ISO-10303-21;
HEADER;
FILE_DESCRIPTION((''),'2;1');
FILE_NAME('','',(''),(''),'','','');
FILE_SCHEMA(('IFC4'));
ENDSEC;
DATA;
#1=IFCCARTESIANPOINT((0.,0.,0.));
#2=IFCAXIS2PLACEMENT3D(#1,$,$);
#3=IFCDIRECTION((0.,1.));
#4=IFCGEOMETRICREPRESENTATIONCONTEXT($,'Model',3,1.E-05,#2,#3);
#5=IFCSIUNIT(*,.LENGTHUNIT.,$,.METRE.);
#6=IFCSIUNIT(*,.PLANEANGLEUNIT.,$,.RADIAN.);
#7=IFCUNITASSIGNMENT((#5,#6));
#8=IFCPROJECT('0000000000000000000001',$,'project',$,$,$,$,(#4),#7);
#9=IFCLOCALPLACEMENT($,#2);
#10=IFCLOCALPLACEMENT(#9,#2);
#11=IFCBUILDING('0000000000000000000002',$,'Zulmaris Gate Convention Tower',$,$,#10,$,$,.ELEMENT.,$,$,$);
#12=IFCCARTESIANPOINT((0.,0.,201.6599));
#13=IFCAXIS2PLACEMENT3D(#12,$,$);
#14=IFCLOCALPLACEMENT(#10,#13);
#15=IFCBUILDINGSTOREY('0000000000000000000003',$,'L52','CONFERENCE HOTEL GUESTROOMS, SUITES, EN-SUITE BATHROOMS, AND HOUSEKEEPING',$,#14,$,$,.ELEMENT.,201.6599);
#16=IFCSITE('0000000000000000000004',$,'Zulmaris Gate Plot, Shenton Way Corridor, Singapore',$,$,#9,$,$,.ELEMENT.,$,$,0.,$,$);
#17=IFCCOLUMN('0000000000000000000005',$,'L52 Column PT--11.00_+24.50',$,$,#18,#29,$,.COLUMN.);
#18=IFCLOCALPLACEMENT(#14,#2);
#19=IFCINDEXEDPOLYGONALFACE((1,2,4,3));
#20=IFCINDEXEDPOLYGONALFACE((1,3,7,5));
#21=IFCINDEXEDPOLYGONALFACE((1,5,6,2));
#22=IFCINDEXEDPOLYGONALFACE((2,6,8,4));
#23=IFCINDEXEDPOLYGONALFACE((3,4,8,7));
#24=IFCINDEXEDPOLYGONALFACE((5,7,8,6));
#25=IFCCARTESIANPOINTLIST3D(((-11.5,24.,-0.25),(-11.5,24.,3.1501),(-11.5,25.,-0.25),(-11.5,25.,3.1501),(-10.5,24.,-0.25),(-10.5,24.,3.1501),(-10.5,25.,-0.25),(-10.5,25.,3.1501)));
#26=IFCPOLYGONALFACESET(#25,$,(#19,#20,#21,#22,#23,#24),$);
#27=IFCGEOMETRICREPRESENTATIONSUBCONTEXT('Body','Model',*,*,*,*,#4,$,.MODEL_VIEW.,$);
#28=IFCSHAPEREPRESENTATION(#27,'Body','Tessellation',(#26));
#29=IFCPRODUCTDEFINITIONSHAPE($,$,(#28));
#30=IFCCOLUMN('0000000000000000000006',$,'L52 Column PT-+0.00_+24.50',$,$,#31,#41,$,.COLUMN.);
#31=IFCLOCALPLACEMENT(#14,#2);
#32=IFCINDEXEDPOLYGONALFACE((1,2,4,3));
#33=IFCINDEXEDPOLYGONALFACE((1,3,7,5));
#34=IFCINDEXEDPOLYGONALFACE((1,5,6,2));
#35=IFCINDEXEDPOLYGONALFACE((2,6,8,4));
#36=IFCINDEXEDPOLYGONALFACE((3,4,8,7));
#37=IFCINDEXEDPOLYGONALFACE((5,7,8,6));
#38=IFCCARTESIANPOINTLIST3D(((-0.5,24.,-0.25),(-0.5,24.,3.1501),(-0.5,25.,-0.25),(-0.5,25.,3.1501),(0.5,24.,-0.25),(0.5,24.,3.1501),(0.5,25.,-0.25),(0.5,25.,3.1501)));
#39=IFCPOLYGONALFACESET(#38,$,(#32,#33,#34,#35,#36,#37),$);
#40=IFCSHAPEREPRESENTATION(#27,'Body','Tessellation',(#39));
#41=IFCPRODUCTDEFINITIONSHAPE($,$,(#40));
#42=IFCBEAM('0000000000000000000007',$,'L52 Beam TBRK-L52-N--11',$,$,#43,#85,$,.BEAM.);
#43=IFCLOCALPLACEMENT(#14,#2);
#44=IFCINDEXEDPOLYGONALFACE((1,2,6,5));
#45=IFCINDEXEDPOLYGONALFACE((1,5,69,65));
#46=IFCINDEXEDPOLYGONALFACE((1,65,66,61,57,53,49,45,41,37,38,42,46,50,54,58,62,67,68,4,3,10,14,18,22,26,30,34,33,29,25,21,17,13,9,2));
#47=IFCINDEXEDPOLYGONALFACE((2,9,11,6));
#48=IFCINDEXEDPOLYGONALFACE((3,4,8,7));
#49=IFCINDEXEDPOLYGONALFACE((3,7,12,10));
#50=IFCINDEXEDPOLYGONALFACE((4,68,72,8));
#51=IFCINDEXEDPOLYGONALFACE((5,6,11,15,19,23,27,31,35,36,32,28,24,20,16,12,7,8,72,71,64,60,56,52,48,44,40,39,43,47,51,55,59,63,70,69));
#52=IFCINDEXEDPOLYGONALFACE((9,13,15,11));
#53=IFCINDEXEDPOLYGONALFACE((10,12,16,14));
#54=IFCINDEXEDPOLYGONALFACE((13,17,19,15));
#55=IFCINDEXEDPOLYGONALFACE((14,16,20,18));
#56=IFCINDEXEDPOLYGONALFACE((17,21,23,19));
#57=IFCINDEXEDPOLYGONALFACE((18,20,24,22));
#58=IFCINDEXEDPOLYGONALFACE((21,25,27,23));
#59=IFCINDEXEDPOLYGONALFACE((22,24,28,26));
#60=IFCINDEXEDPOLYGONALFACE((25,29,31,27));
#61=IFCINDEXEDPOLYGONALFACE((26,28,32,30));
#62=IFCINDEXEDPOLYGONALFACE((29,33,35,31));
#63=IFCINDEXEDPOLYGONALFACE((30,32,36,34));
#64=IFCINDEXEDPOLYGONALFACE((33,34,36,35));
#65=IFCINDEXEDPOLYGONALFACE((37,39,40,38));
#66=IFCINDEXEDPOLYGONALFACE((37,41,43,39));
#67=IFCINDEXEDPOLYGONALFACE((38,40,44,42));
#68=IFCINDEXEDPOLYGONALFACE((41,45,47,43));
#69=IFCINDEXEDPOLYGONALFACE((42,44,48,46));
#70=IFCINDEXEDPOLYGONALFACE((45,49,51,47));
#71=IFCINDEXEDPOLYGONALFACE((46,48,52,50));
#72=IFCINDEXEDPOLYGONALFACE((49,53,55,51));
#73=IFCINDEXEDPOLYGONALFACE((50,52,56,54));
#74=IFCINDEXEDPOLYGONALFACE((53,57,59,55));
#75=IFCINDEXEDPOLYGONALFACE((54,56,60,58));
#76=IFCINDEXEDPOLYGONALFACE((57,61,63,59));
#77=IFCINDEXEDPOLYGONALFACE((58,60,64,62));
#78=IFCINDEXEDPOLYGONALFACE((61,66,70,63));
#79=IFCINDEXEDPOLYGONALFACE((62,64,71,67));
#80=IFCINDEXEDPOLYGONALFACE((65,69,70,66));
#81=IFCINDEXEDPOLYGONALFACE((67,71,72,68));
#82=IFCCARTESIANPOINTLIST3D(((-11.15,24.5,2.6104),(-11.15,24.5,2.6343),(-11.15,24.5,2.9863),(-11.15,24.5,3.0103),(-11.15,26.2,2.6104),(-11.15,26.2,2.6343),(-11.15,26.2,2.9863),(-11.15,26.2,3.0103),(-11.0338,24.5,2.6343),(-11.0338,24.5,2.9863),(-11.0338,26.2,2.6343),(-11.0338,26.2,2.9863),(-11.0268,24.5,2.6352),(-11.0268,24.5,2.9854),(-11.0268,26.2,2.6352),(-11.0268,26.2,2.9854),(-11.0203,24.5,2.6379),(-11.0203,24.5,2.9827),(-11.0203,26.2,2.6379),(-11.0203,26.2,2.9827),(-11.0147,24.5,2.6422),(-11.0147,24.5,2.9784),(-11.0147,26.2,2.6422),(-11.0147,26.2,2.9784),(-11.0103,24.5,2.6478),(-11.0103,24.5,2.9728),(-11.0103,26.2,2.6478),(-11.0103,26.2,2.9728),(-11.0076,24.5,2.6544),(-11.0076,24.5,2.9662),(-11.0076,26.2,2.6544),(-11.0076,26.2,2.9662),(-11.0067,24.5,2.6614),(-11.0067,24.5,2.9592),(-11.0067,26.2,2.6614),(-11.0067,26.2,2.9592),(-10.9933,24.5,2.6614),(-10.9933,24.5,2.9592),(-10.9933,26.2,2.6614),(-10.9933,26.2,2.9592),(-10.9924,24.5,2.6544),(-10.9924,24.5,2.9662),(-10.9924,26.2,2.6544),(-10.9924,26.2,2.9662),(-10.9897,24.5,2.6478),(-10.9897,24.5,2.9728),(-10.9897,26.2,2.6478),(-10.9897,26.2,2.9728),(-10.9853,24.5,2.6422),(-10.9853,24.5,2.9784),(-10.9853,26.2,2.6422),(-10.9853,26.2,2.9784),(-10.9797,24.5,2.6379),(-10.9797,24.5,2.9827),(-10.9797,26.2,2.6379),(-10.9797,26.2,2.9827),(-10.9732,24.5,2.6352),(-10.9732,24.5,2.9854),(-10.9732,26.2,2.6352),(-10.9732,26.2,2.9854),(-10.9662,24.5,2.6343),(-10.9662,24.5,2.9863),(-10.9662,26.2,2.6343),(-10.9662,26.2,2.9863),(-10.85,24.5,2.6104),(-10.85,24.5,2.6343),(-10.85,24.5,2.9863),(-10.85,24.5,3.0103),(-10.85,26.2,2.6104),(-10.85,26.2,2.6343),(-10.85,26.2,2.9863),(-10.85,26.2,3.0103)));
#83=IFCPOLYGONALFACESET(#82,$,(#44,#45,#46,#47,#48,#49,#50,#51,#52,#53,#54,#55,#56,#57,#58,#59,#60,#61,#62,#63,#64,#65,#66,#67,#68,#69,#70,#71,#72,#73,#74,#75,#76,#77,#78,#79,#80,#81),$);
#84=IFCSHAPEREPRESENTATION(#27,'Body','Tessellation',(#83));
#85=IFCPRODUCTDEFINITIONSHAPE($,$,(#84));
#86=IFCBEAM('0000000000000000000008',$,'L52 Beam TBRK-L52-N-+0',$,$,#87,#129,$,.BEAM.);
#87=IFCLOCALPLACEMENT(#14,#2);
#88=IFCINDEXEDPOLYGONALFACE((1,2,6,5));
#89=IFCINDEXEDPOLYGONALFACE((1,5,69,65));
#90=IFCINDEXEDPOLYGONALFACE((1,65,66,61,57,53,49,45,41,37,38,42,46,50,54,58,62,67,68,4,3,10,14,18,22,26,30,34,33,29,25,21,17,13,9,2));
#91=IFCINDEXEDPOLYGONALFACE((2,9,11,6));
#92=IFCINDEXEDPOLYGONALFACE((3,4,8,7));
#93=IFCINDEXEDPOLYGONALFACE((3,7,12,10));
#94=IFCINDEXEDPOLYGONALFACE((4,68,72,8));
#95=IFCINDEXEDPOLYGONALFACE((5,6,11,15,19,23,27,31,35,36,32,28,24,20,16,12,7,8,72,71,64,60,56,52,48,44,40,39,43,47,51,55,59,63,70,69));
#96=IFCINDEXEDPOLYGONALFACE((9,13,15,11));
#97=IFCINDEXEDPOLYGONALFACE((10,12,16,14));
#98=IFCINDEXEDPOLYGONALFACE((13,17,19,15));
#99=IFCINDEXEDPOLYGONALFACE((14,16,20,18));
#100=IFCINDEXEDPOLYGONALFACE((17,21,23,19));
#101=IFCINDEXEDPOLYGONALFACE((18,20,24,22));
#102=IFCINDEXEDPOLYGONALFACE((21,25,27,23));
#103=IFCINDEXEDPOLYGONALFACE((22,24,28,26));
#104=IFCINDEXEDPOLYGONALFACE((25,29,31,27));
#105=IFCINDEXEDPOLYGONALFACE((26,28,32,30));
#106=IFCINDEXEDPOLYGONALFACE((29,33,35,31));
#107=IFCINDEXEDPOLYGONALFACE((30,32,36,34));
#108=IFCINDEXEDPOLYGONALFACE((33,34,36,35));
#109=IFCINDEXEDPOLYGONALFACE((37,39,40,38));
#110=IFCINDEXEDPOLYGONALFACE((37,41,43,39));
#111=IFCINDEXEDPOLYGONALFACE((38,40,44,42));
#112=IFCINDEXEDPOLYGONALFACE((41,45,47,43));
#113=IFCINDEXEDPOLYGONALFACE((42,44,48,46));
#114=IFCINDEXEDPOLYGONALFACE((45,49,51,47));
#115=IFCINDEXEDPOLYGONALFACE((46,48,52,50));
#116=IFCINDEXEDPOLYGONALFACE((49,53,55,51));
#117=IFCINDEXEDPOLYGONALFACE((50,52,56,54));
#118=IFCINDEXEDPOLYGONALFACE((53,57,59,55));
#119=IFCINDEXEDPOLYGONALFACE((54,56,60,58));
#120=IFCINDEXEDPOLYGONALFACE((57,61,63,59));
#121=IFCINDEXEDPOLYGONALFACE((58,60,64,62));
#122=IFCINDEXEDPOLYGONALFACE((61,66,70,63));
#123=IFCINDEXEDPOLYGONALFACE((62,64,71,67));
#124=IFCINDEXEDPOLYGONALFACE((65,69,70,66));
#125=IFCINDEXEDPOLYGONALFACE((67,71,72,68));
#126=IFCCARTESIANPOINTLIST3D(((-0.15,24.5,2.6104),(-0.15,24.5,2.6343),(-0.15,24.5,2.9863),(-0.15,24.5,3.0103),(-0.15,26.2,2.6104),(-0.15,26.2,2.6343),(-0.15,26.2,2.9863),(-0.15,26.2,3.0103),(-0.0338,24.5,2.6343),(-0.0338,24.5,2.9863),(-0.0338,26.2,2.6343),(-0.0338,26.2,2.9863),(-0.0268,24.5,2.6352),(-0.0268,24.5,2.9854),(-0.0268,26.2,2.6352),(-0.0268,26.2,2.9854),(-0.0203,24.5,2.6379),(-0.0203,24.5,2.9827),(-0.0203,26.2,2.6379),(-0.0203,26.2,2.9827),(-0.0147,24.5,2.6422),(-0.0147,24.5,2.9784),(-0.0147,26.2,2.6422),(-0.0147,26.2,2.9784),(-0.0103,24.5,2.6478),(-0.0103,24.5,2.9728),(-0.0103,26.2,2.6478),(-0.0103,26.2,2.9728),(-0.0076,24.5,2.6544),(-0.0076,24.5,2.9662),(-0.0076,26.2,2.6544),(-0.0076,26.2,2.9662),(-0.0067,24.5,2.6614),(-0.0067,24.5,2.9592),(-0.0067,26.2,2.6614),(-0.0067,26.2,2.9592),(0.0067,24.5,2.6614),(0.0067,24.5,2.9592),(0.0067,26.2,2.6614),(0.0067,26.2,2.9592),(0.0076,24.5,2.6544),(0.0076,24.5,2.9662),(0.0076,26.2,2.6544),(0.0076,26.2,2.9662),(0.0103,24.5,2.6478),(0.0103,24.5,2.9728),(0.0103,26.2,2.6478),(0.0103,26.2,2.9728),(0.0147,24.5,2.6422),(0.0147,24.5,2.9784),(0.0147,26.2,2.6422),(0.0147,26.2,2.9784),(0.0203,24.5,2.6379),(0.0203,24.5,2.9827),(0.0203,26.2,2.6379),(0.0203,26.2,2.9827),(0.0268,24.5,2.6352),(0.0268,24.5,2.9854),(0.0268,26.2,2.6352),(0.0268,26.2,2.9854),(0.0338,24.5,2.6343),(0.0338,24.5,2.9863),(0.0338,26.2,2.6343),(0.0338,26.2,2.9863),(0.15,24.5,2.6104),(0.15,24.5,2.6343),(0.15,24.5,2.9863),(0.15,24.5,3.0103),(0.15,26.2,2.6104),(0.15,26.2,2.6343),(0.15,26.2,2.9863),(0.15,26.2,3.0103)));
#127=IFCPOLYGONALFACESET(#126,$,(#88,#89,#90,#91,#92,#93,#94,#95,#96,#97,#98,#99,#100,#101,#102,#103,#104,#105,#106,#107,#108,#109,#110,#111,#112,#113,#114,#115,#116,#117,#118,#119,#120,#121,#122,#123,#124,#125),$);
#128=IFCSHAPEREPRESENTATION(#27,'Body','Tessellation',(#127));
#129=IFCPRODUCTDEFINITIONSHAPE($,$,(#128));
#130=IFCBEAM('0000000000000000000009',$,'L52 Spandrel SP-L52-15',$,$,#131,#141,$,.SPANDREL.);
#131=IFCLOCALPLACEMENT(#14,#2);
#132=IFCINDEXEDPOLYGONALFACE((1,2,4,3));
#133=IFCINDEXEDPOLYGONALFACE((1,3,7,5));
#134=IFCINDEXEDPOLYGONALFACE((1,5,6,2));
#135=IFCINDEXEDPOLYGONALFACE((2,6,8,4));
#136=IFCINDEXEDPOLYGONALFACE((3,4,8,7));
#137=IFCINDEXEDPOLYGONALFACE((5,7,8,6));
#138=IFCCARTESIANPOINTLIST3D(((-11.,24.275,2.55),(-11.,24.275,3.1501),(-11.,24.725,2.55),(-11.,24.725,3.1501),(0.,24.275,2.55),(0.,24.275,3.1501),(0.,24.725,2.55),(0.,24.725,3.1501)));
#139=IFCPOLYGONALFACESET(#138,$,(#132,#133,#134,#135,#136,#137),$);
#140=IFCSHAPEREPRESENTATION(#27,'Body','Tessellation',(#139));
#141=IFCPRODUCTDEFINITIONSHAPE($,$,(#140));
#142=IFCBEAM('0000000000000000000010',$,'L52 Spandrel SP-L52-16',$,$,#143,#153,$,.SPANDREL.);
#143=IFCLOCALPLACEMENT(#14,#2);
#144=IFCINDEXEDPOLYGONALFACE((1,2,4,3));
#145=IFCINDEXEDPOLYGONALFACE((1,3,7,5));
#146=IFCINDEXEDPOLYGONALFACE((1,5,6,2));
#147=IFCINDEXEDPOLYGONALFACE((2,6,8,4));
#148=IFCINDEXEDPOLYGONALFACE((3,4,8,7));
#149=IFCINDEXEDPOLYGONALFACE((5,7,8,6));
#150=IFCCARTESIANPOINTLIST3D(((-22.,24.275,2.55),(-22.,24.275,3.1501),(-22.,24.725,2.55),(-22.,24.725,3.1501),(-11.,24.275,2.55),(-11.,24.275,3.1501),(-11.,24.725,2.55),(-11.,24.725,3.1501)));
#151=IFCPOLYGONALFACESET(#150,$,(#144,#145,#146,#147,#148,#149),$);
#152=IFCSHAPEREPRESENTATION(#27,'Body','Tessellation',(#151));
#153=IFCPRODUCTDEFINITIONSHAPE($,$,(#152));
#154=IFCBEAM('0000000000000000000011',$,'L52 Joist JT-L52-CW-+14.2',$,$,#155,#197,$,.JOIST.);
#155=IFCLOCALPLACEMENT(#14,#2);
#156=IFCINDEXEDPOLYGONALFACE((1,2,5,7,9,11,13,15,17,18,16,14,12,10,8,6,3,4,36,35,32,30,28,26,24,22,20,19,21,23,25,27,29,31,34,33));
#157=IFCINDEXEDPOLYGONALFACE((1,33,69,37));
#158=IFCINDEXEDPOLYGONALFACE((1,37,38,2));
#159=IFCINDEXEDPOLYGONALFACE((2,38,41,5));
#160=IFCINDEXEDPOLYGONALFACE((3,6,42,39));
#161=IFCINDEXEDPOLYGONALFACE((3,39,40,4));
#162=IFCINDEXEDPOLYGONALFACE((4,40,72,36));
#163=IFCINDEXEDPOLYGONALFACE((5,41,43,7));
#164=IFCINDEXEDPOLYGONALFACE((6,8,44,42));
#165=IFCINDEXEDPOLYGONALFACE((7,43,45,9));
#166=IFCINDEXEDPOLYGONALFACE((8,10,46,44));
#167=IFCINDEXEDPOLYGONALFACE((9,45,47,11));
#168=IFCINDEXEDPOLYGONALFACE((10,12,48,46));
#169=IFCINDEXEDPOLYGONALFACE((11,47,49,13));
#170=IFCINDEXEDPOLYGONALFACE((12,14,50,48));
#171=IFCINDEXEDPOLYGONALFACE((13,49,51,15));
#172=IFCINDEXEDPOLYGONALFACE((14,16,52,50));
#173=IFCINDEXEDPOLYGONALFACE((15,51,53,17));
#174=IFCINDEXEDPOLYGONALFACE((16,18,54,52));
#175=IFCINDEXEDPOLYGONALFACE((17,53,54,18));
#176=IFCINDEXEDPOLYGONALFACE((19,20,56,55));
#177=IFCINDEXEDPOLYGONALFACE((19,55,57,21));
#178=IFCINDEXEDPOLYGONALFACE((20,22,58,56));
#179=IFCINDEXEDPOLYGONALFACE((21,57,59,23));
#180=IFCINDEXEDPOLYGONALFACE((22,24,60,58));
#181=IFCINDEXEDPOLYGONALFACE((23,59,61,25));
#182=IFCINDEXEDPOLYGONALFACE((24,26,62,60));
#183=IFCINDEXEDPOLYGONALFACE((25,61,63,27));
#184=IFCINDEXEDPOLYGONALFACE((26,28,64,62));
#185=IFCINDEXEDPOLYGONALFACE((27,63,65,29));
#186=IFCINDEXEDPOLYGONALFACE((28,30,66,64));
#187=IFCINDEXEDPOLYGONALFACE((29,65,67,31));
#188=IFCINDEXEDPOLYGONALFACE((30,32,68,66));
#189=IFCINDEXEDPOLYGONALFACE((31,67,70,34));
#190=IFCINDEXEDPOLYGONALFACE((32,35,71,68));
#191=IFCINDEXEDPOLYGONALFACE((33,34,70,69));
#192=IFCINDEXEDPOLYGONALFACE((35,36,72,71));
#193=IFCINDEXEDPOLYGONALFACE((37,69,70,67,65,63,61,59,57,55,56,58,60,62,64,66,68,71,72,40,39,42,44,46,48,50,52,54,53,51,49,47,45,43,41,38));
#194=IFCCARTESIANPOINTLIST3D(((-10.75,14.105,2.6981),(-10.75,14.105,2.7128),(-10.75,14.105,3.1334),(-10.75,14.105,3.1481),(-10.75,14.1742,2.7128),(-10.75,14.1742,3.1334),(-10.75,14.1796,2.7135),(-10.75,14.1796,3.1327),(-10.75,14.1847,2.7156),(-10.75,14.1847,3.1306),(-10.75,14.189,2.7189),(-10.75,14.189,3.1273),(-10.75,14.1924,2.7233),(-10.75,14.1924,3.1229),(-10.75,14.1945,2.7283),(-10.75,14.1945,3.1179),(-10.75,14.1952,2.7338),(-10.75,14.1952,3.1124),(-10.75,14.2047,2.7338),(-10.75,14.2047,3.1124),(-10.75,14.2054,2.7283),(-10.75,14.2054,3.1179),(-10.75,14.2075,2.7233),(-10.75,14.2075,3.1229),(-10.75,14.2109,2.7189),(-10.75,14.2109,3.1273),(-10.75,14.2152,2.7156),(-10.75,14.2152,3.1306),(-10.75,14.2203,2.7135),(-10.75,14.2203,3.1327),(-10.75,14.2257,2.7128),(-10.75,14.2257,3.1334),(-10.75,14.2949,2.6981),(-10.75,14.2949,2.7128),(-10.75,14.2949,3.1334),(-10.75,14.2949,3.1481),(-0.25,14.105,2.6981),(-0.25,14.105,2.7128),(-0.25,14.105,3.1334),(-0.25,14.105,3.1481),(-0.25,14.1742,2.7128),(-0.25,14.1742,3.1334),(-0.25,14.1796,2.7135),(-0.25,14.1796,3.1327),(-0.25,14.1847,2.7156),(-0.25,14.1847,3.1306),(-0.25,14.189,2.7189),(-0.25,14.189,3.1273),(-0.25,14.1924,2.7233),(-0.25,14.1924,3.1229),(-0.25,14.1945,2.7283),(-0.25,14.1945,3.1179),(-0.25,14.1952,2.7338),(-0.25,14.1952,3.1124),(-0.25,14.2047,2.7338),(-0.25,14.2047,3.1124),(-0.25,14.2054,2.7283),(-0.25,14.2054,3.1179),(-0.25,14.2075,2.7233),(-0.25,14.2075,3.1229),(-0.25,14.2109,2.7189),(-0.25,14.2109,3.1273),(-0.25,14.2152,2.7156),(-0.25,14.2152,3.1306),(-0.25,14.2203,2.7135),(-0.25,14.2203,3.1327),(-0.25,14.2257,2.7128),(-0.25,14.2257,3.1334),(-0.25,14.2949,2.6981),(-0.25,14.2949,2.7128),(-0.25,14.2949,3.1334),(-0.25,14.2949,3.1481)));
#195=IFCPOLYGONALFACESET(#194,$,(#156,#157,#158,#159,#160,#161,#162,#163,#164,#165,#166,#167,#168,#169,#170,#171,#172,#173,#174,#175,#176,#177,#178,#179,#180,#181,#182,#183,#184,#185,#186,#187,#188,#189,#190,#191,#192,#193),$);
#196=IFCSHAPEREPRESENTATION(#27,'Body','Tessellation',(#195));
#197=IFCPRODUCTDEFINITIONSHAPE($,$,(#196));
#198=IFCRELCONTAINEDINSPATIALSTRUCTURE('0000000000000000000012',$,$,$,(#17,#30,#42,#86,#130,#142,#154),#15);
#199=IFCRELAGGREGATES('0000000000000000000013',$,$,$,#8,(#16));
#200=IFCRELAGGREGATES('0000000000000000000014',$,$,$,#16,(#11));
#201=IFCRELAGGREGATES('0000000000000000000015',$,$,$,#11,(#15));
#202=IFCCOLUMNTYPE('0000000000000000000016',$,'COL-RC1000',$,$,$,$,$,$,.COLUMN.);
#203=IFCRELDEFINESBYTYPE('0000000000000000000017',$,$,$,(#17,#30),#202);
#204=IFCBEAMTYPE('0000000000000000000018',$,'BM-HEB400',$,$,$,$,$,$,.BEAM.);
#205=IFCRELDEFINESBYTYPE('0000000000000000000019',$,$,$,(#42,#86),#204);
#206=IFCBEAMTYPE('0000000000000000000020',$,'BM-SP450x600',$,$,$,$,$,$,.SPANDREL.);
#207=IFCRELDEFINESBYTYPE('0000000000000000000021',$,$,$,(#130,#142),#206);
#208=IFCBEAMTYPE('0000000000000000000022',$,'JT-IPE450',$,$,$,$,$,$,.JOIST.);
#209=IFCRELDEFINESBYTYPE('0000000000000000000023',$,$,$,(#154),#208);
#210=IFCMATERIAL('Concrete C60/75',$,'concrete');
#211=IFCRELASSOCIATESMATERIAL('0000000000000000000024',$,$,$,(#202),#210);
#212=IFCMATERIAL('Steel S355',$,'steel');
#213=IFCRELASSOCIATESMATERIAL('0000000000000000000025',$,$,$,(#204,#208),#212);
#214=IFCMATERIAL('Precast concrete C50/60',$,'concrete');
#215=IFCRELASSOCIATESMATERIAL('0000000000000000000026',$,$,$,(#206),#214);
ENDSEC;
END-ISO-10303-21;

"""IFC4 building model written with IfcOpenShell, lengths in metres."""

from ifc_helpers import new_model, si_unit, direction, frame, origin, origin_2d, place, context, subcontext, project, spatial, rectangle, i_section, extrude, material, material_profile, profile_set, type_object, element, save


model = new_model("IFC4")

# Units and contexts
model_context = context("Model", 3, precision=1e-05, world=origin(), true_north=direction((0.0, 1.0)))
body_context = subcontext(model_context, "Body", "Model", "MODEL_VIEW")
ifc_project = project(units=[si_unit("LENGTHUNIT", "METRE"), si_unit("PLANEANGLEUNIT", "RADIAN")], contexts=[model_context])

# Site, building, storey
site_placement = place(None, origin())
site = spatial("IfcSite", under=ifc_project, at=site_placement, Name="Zulmaris Gate Plot, Shenton Way Corridor, Singapore", CompositionType="ELEMENT", RefElevation=0.0)
building_placement = place(site_placement, origin())
building = spatial("IfcBuilding", under=site, at=building_placement, Name="Zulmaris Gate Convention Tower", CompositionType="ELEMENT")
storey_placement = place(building_placement, frame((0.0, 0.0, 201.6599)))
storey = spatial("IfcBuildingStorey", under=building, at=storey_placement, Name="L52", Description="CONFERENCE HOTEL GUESTROOMS, SUITES, EN-SUITE BATHROOMS, AND HOUSEKEEPING", CompositionType="ELEMENT", Elevation=201.6599)

# Columns
ifc_material_1 = material(Name="Concrete C60/75", Category="concrete")
ifc_material_profile_1 = material_profile(ifc_material_1, rectangle(XDim=1.0, YDim=1.0, at=origin_2d()), Name="RC COL 1000x1000")
ifc_profile_set_1 = profile_set([ifc_material_profile_1], Name="Concrete C60/75")
column_type = type_object("IfcColumnType", Name="COL-RC1000", PredefinedType="COLUMN", material=ifc_profile_set_1)
for number, where, z_axis, x_axis, name in (
    (1, (-11.0, 24.5, -0.25), (0.0, 0.0, 1.0), (1.0, 0.0, 0.0), "L52 Column PT--11.00_+24.50"),
    (2, (0.0, 24.5, -0.25), (0.0, 0.0, 1.0), (1.0, 0.0, 0.0), "L52 Column PT-+0.00_+24.50"),
):
    element("IfcColumn", number, at=place(storey_placement, frame(where, z_axis=z_axis, x_axis=x_axis)), inside=storey, type_object=column_type, Name=name, PredefinedType="COLUMN", context=body_context, shape_type="SweptSolid", body=[
        extrude(rectangle(XDim=1.0, YDim=1.0, at=origin_2d()), origin(), (0.0, 0.0, 1.0), 3.4001),
    ])

# Beams
ifc_material_2 = material(Name="Steel S355", Category="steel")
ifc_material_profile_2 = material_profile(ifc_material_2, i_section(OverallWidth=0.3, OverallDepth=0.3999, WebThickness=0.0134, FlangeThickness=0.0239, FilletRadius=0.0271, at=origin_2d()), Name="HEB 400")
ifc_profile_set_2 = profile_set([ifc_material_profile_2], Name="Steel S355")
beam_type_1 = type_object("IfcBeamType", Name="BM-HEB400", PredefinedType="BEAM", material=ifc_profile_set_2)
for number, where, z_axis, x_axis, name in (
    (3, (-11.0, 24.5, 2.8103), (0.0, 1.0, 0.0), (-1.0, 0.0, 0.0), "L52 Beam TBRK-L52-N--11"),
    (4, (0.0, 24.5, 2.8103), (0.0, 1.0, 0.0), (-1.0, 0.0, 0.0), "L52 Beam TBRK-L52-N-+0"),
):
    element("IfcBeam", number, at=place(storey_placement, frame(where, z_axis=z_axis, x_axis=x_axis)), inside=storey, type_object=beam_type_1, Name=name, PredefinedType="BEAM", context=body_context, shape_type="SweptSolid", body=[
        extrude(i_section(OverallWidth=0.3, OverallDepth=0.3999, WebThickness=0.0134, FlangeThickness=0.0239, FilletRadius=0.0271, at=origin_2d()), origin(), (0.0, 0.0, 1.0), 1.7),
    ])
ifc_material_3 = material(Name="Precast concrete C50/60", Category="concrete")
ifc_material_profile_3 = material_profile(ifc_material_3, rectangle(XDim=0.45, YDim=0.6001, at=origin_2d()), Name="RC SPANDREL 450x600")
ifc_profile_set_3 = profile_set([ifc_material_profile_3], Name="Precast concrete C50/60")
beam_type_2 = type_object("IfcBeamType", Name="BM-SP450x600", PredefinedType="SPANDREL", material=ifc_profile_set_3)
for number, where, z_axis, x_axis, name in (
    (5, (0.0, 24.5, 2.8501), (-1.0, 0.0, 0.0), (0.0, -1.0, 0.0), "L52 Spandrel SP-L52-15"),
    (6, (-11.0, 24.5, 2.8501), (-1.0, 0.0, 0.0), (0.0, -1.0, 0.0), "L52 Spandrel SP-L52-16"),
):
    element("IfcBeam", number, at=place(storey_placement, frame(where, z_axis=z_axis, x_axis=x_axis)), inside=storey, type_object=beam_type_2, Name=name, PredefinedType="SPANDREL", context=body_context, shape_type="SweptSolid", body=[
        extrude(rectangle(XDim=0.45, YDim=0.6001, at=origin_2d()), origin(), (0.0, 0.0, 1.0), 11.0),
    ])
ifc_material_profile_4 = material_profile(ifc_material_2, i_section(OverallWidth=0.1899, OverallDepth=0.45, WebThickness=0.0095, FlangeThickness=0.0146, FilletRadius=0.021, at=origin_2d()), Name="IPE 450")
ifc_profile_set_4 = profile_set([ifc_material_profile_4], Name="Steel S355")
beam_type_3 = type_object("IfcBeamType", Name="JT-IPE450", PredefinedType="JOIST", material=ifc_profile_set_4)
for number, where, z_axis, x_axis, name in (
    (7, (-10.75, 14.2, 2.9231), (1.0, 0.0, 0.0), (0.0, 1.0, 0.0), "L52 Joist JT-L52-CW-+14.2"),
):
    element("IfcBeam", number, at=place(storey_placement, frame(where, z_axis=z_axis, x_axis=x_axis)), inside=storey, type_object=beam_type_3, Name=name, PredefinedType="JOIST", context=body_context, shape_type="SweptSolid", body=[
        extrude(i_section(OverallWidth=0.1899, OverallDepth=0.45, WebThickness=0.0095, FlangeThickness=0.0146, FilletRadius=0.021, at=origin_2d()), origin(), (0.0, 0.0, 1.0), 10.5),
    ])

save(model, "model.ifc")
